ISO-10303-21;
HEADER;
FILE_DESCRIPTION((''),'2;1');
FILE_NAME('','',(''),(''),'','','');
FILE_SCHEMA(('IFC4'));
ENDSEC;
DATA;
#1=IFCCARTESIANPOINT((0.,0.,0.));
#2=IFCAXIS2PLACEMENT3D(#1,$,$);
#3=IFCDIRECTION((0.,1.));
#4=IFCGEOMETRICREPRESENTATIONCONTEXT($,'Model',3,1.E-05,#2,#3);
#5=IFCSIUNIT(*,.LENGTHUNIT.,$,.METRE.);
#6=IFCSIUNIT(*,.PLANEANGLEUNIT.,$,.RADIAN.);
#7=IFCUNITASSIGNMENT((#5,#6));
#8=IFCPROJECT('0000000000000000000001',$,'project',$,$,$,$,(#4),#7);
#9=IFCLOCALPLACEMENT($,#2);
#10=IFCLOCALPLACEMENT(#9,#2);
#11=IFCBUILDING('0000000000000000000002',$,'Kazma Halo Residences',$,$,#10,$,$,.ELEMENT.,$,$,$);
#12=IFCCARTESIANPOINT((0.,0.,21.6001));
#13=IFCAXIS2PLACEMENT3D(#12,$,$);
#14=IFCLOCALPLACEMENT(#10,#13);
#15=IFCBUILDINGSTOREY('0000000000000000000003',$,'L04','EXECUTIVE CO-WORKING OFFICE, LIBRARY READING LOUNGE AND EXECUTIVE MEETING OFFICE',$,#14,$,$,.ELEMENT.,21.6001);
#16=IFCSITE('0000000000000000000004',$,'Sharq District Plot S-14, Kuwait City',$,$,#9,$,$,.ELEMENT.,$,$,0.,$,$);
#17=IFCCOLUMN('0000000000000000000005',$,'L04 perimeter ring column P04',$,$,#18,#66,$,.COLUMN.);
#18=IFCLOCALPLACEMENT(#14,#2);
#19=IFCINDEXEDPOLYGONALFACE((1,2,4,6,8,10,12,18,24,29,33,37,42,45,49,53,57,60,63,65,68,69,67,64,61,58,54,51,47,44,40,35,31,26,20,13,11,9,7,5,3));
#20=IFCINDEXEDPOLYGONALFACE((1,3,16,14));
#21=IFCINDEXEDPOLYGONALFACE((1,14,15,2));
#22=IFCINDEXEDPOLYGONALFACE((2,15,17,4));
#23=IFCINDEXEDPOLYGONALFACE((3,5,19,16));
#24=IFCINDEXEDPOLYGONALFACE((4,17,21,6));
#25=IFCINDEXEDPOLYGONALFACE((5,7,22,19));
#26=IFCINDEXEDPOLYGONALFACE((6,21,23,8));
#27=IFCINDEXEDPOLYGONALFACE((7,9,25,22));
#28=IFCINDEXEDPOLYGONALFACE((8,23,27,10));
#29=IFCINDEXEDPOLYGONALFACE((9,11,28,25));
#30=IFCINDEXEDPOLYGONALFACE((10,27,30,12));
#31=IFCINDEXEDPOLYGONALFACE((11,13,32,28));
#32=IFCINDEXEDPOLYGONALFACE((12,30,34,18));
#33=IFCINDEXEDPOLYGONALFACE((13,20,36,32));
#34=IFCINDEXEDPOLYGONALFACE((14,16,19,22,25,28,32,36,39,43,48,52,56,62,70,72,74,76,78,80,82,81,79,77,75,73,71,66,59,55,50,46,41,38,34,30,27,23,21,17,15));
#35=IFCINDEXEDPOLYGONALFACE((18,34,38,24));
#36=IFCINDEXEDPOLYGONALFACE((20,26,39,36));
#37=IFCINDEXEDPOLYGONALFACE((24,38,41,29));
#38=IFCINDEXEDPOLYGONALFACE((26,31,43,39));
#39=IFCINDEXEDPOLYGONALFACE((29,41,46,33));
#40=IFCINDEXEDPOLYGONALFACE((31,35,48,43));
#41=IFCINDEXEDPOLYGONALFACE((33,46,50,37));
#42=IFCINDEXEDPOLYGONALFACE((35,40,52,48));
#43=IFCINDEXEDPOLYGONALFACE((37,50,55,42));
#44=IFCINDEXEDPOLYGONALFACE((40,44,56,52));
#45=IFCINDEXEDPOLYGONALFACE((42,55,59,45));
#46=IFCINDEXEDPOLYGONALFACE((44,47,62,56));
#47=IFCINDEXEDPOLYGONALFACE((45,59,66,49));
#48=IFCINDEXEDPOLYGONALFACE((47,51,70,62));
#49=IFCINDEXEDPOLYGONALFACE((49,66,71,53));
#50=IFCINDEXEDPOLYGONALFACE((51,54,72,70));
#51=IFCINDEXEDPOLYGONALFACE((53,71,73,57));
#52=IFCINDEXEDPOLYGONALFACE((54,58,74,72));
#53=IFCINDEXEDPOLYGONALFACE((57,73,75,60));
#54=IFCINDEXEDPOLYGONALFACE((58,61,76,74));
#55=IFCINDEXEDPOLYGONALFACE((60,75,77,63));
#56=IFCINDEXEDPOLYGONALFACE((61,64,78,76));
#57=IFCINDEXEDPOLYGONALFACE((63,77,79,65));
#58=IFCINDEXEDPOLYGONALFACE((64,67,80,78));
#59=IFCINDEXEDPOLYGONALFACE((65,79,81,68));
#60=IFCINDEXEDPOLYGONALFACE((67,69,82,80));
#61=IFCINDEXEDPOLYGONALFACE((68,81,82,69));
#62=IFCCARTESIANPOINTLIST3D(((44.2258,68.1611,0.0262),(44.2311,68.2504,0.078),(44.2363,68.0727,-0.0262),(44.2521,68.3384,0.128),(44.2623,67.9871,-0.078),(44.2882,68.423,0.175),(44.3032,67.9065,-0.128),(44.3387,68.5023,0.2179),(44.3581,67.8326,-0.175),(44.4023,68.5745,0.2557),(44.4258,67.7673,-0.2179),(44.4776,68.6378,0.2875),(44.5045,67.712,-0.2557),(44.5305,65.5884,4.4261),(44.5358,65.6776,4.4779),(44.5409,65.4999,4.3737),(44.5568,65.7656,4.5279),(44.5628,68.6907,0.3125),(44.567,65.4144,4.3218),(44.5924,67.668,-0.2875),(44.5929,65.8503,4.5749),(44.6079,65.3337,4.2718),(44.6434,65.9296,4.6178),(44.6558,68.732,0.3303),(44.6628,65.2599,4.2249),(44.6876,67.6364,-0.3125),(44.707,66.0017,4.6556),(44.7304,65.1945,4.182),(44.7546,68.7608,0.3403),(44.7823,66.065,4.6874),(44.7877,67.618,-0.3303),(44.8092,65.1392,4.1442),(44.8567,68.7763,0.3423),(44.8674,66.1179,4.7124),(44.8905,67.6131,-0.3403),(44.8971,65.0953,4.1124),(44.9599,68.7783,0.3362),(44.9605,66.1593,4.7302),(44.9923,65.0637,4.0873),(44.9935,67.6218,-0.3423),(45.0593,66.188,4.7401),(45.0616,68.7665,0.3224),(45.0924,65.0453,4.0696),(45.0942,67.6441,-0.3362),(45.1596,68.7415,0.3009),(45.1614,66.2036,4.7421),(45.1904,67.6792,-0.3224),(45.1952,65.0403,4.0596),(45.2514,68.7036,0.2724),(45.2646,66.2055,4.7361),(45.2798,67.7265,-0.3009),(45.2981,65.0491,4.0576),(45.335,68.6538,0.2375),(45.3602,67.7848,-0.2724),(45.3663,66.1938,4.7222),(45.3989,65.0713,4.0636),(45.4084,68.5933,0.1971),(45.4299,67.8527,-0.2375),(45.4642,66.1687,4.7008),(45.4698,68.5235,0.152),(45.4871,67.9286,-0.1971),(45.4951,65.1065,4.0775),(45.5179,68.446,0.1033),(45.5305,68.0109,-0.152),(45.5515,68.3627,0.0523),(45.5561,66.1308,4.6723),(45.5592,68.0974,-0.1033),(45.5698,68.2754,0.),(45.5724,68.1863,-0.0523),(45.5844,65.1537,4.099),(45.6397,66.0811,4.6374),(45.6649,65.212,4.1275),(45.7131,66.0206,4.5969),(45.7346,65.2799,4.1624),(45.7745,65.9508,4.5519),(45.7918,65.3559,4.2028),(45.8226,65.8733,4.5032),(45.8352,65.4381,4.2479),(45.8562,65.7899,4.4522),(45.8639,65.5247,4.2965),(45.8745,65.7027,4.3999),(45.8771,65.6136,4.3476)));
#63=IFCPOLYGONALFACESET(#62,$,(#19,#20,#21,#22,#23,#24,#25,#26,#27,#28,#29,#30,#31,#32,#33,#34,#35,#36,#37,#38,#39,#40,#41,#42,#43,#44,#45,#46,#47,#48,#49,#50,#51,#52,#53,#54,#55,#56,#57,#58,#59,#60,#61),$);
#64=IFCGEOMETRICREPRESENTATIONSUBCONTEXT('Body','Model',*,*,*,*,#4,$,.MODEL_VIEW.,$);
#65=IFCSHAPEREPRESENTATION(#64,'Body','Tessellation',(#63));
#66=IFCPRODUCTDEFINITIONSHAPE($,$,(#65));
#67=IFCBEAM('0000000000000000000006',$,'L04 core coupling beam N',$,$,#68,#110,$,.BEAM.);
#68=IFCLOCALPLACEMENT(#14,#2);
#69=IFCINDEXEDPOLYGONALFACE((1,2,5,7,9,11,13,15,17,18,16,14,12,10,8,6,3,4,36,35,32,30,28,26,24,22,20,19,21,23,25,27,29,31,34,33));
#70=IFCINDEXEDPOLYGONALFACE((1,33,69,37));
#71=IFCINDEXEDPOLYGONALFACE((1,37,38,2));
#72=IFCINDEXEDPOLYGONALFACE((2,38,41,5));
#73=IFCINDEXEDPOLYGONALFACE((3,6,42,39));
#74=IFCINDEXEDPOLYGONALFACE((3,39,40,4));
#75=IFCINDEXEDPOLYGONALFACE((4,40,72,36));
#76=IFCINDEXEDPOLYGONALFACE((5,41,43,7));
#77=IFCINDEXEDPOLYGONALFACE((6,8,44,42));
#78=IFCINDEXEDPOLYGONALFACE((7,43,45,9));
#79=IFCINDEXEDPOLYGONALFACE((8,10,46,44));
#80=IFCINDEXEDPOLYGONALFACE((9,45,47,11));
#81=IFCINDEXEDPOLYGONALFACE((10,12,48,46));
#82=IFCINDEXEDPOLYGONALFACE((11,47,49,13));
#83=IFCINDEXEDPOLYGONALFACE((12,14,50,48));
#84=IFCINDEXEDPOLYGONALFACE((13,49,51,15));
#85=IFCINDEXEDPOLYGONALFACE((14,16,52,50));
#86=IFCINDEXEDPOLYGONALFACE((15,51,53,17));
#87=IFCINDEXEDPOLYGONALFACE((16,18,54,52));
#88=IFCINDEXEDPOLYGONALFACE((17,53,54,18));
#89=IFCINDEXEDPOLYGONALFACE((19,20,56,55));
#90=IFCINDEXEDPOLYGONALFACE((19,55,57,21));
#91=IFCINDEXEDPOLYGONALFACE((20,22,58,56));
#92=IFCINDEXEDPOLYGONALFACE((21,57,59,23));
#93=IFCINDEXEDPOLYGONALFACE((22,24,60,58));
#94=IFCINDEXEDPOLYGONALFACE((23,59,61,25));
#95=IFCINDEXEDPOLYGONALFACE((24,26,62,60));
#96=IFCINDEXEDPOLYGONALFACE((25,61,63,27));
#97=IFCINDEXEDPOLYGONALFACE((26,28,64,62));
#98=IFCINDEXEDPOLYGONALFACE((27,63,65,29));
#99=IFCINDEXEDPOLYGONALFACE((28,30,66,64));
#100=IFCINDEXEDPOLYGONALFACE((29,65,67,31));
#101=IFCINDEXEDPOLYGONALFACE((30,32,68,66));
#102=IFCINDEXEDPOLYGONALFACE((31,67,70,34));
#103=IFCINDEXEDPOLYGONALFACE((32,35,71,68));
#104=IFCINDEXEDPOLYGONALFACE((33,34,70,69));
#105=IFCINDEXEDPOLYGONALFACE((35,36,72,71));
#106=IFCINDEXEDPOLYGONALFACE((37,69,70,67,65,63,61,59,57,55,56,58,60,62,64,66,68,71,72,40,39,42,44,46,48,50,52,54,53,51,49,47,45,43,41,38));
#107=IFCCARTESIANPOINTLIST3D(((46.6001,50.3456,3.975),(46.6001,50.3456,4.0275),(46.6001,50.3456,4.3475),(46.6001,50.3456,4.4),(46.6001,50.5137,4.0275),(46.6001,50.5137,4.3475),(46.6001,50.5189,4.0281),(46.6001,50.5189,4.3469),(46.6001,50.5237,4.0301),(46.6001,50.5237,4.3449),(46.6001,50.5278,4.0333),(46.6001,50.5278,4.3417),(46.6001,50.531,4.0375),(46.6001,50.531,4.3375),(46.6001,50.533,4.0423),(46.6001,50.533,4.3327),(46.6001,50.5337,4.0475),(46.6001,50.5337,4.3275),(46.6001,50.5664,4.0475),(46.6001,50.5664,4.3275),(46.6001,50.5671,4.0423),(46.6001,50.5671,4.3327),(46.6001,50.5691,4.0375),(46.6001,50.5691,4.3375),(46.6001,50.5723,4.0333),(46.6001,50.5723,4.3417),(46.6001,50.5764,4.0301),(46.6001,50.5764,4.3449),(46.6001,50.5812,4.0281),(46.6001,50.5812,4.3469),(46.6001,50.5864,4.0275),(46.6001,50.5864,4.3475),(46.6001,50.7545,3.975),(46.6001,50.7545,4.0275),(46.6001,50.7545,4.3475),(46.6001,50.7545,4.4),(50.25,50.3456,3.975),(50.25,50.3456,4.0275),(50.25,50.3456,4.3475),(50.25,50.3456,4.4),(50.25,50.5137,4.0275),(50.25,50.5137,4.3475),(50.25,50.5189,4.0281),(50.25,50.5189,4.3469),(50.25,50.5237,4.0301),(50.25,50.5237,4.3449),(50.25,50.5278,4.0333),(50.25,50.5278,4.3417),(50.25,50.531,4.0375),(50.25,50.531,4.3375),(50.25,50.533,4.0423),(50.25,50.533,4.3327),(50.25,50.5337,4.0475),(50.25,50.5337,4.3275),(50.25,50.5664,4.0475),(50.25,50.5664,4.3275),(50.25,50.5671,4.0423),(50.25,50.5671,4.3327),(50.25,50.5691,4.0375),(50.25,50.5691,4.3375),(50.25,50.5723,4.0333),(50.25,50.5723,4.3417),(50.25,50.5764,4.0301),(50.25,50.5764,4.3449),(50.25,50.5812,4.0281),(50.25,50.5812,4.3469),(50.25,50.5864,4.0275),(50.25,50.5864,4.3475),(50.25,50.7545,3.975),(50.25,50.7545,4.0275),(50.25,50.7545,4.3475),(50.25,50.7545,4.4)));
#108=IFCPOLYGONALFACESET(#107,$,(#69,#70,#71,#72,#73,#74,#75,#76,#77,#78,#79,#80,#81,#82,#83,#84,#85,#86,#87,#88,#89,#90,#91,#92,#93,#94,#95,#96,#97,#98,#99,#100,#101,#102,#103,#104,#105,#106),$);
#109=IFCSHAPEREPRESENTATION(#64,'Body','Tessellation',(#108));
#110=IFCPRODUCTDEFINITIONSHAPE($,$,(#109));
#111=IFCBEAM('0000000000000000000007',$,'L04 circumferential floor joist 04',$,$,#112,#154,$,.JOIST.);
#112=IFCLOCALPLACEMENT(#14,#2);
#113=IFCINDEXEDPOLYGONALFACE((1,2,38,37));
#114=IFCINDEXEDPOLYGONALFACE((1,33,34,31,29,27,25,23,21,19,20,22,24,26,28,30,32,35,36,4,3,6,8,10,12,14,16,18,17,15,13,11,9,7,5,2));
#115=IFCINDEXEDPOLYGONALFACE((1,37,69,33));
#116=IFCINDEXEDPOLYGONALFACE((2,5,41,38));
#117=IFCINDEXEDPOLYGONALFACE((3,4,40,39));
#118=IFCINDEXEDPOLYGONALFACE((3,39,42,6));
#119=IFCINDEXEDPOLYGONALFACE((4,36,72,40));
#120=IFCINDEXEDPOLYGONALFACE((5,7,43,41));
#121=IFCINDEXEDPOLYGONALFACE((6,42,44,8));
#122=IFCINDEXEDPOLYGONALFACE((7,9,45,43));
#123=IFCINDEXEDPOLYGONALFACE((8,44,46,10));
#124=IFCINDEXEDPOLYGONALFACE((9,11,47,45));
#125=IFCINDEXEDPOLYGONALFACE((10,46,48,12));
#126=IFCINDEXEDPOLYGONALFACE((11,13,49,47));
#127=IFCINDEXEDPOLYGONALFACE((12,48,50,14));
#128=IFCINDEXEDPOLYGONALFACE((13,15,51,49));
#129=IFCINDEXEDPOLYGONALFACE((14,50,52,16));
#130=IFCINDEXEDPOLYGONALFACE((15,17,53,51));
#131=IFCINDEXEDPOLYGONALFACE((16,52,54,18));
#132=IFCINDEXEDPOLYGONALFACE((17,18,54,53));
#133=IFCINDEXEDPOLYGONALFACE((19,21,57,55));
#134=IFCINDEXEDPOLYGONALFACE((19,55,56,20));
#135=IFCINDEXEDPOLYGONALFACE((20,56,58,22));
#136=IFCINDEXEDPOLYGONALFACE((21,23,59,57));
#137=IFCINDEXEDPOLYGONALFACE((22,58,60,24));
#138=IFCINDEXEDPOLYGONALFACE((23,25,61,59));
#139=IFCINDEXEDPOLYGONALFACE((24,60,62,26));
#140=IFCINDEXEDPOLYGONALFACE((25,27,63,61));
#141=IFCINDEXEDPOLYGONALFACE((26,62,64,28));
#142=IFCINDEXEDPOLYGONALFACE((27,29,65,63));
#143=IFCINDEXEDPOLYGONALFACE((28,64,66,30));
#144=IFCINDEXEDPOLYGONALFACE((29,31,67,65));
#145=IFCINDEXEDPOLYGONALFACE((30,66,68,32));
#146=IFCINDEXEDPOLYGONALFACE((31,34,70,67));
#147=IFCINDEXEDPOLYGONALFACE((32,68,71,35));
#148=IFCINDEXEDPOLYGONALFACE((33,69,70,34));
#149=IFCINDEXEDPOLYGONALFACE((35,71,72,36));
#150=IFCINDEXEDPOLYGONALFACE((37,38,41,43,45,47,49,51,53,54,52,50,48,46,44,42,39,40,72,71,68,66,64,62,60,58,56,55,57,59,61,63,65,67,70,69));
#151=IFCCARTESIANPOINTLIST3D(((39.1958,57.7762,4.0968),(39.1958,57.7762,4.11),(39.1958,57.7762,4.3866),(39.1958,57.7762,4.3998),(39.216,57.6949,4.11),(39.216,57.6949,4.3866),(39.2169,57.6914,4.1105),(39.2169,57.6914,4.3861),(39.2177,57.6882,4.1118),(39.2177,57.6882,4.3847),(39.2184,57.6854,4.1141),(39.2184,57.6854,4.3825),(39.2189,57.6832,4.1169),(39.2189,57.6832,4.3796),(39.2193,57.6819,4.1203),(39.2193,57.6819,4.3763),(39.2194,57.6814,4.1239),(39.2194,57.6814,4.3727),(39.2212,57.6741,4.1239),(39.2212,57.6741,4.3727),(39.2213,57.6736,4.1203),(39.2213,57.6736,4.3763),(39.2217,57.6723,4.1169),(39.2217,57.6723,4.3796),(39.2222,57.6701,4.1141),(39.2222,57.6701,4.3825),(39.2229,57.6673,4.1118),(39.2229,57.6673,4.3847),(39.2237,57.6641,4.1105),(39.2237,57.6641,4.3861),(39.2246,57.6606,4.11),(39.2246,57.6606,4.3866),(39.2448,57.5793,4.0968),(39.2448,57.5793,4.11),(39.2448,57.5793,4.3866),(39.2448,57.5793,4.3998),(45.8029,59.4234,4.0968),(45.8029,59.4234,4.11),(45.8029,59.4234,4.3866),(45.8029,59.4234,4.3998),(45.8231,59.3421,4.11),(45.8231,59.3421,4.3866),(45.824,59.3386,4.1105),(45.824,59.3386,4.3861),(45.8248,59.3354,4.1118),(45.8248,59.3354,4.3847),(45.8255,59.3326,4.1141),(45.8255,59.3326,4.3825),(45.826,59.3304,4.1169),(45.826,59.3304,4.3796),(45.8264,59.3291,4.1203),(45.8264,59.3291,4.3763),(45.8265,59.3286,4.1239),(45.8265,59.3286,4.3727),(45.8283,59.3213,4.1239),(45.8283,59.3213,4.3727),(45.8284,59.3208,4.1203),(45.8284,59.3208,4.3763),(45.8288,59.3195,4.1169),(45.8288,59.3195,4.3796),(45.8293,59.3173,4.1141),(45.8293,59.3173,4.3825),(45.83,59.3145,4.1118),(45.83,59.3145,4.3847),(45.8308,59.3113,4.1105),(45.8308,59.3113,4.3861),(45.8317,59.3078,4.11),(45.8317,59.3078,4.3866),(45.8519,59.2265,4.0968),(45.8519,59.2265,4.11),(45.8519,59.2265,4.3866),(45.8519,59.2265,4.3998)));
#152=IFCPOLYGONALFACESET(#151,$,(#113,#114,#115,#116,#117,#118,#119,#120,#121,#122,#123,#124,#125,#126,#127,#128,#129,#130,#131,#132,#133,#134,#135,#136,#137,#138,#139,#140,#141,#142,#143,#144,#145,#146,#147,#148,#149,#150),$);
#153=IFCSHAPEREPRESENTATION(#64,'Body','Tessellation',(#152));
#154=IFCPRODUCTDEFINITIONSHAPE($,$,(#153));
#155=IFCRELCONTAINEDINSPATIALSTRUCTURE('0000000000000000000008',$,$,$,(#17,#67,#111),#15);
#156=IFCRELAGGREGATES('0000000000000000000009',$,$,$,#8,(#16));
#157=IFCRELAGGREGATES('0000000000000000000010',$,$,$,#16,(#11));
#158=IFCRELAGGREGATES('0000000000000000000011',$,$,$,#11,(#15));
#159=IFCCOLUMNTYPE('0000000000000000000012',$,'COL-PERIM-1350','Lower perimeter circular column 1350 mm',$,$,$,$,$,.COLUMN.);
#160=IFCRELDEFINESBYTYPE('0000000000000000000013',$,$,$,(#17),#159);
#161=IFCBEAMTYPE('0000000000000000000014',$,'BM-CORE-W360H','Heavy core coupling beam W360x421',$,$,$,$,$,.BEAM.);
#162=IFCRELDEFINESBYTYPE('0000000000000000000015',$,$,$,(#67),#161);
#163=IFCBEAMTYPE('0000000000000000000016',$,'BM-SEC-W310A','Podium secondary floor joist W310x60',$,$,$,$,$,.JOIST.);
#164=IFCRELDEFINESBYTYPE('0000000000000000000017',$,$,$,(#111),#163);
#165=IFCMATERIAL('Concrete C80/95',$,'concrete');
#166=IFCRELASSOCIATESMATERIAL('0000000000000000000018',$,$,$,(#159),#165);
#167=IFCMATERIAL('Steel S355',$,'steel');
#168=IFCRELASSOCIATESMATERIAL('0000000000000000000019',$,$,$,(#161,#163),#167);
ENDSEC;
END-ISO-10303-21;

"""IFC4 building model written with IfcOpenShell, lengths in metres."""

from ifc_helpers import new_model, si_unit, direction, frame, origin, origin_2d, place, context, subcontext, project, spatial, circle, i_section, extrude, material, material_profile, profile_set, type_object, element, save


model = new_model("IFC4")

# Units and contexts
model_context = context("Model", 3, precision=1e-05, world=origin(), true_north=direction((0.0, 1.0)))
body_context = subcontext(model_context, "Body", "Model", "MODEL_VIEW")
ifc_project = project(units=[si_unit("LENGTHUNIT", "METRE"), si_unit("PLANEANGLEUNIT", "RADIAN")], contexts=[model_context])

# Site, building, storey
site_placement = place(None, origin())
site = spatial("IfcSite", under=ifc_project, at=site_placement, Name="Sharq District Plot S-14, Kuwait City", CompositionType="ELEMENT", RefElevation=0.0)
building_placement = place(site_placement, origin())
building = spatial("IfcBuilding", under=site, at=building_placement, Name="Kazma Halo Residences", CompositionType="ELEMENT")
storey_placement = place(building_placement, frame((0.0, 0.0, 21.6001)))
storey = spatial("IfcBuildingStorey", under=building, at=storey_placement, Name="L04", Description="EXECUTIVE CO-WORKING OFFICE, LIBRARY READING LOUNGE AND EXECUTIVE MEETING OFFICE", CompositionType="ELEMENT", Elevation=21.6001)

# Column
ifc_material_1 = material(Name="Concrete C80/95", Category="concrete")
ifc_material_profile_1 = material_profile(ifc_material_1, circle(Radius=0.675, at=origin_2d()), Name="CIRC1350")
ifc_profile_set_1 = profile_set([ifc_material_profile_1], Name="Concrete C80/95")
column_type = type_object("IfcColumnType", Name="COL-PERIM-1350", Description="Lower perimeter circular column 1350 mm", PredefinedType="COLUMN", material=ifc_profile_set_1)
column_placement = place(storey_placement, frame((44.8994, 68.196, 0.0), z_axis=(0.059673, -0.503871, 0.861715), x_axis=(0.99306, 0.117607, 0.0)))
element("IfcColumn", 1, at=column_placement, inside=storey, type_object=column_type, Name="L04 perimeter ring column P04", PredefinedType="COLUMN", context=body_context, shape_type="SweptSolid", body=[
    extrude(circle(Radius=0.675, at=origin_2d()), origin(), (0.0, 0.0, 1.0), 5.106),
])

# Beams
ifc_material_2 = material(Name="Steel S355", Category="steel")
ifc_material_profile_2 = material_profile(ifc_material_2, i_section(OverallWidth=0.4089, OverallDepth=0.425, WebThickness=0.0327, FlangeThickness=0.0525, FilletRadius=0.02, at=origin_2d()), Name="W360x421")
ifc_profile_set_2 = profile_set([ifc_material_profile_2], Name="Steel S355")
beam_type_1 = type_object("IfcBeamType", Name="BM-CORE-W360H", Description="Heavy core coupling beam W360x421", PredefinedType="BEAM", material=ifc_profile_set_2)
beam_1_placement = place(storey_placement, frame((46.6001, 50.55, 4.1875), z_axis=(1.0, 0.0, 0.0), x_axis=(0.0, 1.0, 0.0)))
element("IfcBeam", 2, at=beam_1_placement, inside=storey, type_object=beam_type_1, Name="L04 core coupling beam N", PredefinedType="BEAM", context=body_context, shape_type="SweptSolid", body=[
    extrude(i_section(OverallWidth=0.4089, OverallDepth=0.425, WebThickness=0.0327, FlangeThickness=0.0525, FilletRadius=0.02, at=origin_2d()), origin(), (0.0, 0.0, 1.0), 3.6499),
])
ifc_material_profile_3 = material_profile(ifc_material_2, i_section(OverallWidth=0.2029, OverallDepth=0.303, WebThickness=0.0076, FlangeThickness=0.0132, FilletRadius=0.0139, at=origin_2d()), Name="W310x60")
ifc_profile_set_3 = profile_set([ifc_material_profile_3], Name="Steel S355")
beam_type_2 = type_object("IfcBeamType", Name="BM-SEC-W310A", Description="Podium secondary floor joist W310x60", PredefinedType="JOIST", material=ifc_profile_set_3)
beam_2_placement = place(storey_placement, frame((45.8274, 59.325, 4.2483), z_axis=(-0.9703, -0.241903, 0.0), x_axis=(0.241903, -0.9703, 0.0)))
element("IfcBeam", 3, at=beam_2_placement, inside=storey, type_object=beam_type_2, Name="L04 circumferential floor joist 04", PredefinedType="JOIST", context=body_context, shape_type="SweptSolid", body=[
    extrude(i_section(OverallWidth=0.2029, OverallDepth=0.303, WebThickness=0.0076, FlangeThickness=0.0132, FilletRadius=0.0139, at=origin_2d()), origin(), (0.0, 0.0, 1.0), 6.8093),
])

save(model, "model.ifc")
